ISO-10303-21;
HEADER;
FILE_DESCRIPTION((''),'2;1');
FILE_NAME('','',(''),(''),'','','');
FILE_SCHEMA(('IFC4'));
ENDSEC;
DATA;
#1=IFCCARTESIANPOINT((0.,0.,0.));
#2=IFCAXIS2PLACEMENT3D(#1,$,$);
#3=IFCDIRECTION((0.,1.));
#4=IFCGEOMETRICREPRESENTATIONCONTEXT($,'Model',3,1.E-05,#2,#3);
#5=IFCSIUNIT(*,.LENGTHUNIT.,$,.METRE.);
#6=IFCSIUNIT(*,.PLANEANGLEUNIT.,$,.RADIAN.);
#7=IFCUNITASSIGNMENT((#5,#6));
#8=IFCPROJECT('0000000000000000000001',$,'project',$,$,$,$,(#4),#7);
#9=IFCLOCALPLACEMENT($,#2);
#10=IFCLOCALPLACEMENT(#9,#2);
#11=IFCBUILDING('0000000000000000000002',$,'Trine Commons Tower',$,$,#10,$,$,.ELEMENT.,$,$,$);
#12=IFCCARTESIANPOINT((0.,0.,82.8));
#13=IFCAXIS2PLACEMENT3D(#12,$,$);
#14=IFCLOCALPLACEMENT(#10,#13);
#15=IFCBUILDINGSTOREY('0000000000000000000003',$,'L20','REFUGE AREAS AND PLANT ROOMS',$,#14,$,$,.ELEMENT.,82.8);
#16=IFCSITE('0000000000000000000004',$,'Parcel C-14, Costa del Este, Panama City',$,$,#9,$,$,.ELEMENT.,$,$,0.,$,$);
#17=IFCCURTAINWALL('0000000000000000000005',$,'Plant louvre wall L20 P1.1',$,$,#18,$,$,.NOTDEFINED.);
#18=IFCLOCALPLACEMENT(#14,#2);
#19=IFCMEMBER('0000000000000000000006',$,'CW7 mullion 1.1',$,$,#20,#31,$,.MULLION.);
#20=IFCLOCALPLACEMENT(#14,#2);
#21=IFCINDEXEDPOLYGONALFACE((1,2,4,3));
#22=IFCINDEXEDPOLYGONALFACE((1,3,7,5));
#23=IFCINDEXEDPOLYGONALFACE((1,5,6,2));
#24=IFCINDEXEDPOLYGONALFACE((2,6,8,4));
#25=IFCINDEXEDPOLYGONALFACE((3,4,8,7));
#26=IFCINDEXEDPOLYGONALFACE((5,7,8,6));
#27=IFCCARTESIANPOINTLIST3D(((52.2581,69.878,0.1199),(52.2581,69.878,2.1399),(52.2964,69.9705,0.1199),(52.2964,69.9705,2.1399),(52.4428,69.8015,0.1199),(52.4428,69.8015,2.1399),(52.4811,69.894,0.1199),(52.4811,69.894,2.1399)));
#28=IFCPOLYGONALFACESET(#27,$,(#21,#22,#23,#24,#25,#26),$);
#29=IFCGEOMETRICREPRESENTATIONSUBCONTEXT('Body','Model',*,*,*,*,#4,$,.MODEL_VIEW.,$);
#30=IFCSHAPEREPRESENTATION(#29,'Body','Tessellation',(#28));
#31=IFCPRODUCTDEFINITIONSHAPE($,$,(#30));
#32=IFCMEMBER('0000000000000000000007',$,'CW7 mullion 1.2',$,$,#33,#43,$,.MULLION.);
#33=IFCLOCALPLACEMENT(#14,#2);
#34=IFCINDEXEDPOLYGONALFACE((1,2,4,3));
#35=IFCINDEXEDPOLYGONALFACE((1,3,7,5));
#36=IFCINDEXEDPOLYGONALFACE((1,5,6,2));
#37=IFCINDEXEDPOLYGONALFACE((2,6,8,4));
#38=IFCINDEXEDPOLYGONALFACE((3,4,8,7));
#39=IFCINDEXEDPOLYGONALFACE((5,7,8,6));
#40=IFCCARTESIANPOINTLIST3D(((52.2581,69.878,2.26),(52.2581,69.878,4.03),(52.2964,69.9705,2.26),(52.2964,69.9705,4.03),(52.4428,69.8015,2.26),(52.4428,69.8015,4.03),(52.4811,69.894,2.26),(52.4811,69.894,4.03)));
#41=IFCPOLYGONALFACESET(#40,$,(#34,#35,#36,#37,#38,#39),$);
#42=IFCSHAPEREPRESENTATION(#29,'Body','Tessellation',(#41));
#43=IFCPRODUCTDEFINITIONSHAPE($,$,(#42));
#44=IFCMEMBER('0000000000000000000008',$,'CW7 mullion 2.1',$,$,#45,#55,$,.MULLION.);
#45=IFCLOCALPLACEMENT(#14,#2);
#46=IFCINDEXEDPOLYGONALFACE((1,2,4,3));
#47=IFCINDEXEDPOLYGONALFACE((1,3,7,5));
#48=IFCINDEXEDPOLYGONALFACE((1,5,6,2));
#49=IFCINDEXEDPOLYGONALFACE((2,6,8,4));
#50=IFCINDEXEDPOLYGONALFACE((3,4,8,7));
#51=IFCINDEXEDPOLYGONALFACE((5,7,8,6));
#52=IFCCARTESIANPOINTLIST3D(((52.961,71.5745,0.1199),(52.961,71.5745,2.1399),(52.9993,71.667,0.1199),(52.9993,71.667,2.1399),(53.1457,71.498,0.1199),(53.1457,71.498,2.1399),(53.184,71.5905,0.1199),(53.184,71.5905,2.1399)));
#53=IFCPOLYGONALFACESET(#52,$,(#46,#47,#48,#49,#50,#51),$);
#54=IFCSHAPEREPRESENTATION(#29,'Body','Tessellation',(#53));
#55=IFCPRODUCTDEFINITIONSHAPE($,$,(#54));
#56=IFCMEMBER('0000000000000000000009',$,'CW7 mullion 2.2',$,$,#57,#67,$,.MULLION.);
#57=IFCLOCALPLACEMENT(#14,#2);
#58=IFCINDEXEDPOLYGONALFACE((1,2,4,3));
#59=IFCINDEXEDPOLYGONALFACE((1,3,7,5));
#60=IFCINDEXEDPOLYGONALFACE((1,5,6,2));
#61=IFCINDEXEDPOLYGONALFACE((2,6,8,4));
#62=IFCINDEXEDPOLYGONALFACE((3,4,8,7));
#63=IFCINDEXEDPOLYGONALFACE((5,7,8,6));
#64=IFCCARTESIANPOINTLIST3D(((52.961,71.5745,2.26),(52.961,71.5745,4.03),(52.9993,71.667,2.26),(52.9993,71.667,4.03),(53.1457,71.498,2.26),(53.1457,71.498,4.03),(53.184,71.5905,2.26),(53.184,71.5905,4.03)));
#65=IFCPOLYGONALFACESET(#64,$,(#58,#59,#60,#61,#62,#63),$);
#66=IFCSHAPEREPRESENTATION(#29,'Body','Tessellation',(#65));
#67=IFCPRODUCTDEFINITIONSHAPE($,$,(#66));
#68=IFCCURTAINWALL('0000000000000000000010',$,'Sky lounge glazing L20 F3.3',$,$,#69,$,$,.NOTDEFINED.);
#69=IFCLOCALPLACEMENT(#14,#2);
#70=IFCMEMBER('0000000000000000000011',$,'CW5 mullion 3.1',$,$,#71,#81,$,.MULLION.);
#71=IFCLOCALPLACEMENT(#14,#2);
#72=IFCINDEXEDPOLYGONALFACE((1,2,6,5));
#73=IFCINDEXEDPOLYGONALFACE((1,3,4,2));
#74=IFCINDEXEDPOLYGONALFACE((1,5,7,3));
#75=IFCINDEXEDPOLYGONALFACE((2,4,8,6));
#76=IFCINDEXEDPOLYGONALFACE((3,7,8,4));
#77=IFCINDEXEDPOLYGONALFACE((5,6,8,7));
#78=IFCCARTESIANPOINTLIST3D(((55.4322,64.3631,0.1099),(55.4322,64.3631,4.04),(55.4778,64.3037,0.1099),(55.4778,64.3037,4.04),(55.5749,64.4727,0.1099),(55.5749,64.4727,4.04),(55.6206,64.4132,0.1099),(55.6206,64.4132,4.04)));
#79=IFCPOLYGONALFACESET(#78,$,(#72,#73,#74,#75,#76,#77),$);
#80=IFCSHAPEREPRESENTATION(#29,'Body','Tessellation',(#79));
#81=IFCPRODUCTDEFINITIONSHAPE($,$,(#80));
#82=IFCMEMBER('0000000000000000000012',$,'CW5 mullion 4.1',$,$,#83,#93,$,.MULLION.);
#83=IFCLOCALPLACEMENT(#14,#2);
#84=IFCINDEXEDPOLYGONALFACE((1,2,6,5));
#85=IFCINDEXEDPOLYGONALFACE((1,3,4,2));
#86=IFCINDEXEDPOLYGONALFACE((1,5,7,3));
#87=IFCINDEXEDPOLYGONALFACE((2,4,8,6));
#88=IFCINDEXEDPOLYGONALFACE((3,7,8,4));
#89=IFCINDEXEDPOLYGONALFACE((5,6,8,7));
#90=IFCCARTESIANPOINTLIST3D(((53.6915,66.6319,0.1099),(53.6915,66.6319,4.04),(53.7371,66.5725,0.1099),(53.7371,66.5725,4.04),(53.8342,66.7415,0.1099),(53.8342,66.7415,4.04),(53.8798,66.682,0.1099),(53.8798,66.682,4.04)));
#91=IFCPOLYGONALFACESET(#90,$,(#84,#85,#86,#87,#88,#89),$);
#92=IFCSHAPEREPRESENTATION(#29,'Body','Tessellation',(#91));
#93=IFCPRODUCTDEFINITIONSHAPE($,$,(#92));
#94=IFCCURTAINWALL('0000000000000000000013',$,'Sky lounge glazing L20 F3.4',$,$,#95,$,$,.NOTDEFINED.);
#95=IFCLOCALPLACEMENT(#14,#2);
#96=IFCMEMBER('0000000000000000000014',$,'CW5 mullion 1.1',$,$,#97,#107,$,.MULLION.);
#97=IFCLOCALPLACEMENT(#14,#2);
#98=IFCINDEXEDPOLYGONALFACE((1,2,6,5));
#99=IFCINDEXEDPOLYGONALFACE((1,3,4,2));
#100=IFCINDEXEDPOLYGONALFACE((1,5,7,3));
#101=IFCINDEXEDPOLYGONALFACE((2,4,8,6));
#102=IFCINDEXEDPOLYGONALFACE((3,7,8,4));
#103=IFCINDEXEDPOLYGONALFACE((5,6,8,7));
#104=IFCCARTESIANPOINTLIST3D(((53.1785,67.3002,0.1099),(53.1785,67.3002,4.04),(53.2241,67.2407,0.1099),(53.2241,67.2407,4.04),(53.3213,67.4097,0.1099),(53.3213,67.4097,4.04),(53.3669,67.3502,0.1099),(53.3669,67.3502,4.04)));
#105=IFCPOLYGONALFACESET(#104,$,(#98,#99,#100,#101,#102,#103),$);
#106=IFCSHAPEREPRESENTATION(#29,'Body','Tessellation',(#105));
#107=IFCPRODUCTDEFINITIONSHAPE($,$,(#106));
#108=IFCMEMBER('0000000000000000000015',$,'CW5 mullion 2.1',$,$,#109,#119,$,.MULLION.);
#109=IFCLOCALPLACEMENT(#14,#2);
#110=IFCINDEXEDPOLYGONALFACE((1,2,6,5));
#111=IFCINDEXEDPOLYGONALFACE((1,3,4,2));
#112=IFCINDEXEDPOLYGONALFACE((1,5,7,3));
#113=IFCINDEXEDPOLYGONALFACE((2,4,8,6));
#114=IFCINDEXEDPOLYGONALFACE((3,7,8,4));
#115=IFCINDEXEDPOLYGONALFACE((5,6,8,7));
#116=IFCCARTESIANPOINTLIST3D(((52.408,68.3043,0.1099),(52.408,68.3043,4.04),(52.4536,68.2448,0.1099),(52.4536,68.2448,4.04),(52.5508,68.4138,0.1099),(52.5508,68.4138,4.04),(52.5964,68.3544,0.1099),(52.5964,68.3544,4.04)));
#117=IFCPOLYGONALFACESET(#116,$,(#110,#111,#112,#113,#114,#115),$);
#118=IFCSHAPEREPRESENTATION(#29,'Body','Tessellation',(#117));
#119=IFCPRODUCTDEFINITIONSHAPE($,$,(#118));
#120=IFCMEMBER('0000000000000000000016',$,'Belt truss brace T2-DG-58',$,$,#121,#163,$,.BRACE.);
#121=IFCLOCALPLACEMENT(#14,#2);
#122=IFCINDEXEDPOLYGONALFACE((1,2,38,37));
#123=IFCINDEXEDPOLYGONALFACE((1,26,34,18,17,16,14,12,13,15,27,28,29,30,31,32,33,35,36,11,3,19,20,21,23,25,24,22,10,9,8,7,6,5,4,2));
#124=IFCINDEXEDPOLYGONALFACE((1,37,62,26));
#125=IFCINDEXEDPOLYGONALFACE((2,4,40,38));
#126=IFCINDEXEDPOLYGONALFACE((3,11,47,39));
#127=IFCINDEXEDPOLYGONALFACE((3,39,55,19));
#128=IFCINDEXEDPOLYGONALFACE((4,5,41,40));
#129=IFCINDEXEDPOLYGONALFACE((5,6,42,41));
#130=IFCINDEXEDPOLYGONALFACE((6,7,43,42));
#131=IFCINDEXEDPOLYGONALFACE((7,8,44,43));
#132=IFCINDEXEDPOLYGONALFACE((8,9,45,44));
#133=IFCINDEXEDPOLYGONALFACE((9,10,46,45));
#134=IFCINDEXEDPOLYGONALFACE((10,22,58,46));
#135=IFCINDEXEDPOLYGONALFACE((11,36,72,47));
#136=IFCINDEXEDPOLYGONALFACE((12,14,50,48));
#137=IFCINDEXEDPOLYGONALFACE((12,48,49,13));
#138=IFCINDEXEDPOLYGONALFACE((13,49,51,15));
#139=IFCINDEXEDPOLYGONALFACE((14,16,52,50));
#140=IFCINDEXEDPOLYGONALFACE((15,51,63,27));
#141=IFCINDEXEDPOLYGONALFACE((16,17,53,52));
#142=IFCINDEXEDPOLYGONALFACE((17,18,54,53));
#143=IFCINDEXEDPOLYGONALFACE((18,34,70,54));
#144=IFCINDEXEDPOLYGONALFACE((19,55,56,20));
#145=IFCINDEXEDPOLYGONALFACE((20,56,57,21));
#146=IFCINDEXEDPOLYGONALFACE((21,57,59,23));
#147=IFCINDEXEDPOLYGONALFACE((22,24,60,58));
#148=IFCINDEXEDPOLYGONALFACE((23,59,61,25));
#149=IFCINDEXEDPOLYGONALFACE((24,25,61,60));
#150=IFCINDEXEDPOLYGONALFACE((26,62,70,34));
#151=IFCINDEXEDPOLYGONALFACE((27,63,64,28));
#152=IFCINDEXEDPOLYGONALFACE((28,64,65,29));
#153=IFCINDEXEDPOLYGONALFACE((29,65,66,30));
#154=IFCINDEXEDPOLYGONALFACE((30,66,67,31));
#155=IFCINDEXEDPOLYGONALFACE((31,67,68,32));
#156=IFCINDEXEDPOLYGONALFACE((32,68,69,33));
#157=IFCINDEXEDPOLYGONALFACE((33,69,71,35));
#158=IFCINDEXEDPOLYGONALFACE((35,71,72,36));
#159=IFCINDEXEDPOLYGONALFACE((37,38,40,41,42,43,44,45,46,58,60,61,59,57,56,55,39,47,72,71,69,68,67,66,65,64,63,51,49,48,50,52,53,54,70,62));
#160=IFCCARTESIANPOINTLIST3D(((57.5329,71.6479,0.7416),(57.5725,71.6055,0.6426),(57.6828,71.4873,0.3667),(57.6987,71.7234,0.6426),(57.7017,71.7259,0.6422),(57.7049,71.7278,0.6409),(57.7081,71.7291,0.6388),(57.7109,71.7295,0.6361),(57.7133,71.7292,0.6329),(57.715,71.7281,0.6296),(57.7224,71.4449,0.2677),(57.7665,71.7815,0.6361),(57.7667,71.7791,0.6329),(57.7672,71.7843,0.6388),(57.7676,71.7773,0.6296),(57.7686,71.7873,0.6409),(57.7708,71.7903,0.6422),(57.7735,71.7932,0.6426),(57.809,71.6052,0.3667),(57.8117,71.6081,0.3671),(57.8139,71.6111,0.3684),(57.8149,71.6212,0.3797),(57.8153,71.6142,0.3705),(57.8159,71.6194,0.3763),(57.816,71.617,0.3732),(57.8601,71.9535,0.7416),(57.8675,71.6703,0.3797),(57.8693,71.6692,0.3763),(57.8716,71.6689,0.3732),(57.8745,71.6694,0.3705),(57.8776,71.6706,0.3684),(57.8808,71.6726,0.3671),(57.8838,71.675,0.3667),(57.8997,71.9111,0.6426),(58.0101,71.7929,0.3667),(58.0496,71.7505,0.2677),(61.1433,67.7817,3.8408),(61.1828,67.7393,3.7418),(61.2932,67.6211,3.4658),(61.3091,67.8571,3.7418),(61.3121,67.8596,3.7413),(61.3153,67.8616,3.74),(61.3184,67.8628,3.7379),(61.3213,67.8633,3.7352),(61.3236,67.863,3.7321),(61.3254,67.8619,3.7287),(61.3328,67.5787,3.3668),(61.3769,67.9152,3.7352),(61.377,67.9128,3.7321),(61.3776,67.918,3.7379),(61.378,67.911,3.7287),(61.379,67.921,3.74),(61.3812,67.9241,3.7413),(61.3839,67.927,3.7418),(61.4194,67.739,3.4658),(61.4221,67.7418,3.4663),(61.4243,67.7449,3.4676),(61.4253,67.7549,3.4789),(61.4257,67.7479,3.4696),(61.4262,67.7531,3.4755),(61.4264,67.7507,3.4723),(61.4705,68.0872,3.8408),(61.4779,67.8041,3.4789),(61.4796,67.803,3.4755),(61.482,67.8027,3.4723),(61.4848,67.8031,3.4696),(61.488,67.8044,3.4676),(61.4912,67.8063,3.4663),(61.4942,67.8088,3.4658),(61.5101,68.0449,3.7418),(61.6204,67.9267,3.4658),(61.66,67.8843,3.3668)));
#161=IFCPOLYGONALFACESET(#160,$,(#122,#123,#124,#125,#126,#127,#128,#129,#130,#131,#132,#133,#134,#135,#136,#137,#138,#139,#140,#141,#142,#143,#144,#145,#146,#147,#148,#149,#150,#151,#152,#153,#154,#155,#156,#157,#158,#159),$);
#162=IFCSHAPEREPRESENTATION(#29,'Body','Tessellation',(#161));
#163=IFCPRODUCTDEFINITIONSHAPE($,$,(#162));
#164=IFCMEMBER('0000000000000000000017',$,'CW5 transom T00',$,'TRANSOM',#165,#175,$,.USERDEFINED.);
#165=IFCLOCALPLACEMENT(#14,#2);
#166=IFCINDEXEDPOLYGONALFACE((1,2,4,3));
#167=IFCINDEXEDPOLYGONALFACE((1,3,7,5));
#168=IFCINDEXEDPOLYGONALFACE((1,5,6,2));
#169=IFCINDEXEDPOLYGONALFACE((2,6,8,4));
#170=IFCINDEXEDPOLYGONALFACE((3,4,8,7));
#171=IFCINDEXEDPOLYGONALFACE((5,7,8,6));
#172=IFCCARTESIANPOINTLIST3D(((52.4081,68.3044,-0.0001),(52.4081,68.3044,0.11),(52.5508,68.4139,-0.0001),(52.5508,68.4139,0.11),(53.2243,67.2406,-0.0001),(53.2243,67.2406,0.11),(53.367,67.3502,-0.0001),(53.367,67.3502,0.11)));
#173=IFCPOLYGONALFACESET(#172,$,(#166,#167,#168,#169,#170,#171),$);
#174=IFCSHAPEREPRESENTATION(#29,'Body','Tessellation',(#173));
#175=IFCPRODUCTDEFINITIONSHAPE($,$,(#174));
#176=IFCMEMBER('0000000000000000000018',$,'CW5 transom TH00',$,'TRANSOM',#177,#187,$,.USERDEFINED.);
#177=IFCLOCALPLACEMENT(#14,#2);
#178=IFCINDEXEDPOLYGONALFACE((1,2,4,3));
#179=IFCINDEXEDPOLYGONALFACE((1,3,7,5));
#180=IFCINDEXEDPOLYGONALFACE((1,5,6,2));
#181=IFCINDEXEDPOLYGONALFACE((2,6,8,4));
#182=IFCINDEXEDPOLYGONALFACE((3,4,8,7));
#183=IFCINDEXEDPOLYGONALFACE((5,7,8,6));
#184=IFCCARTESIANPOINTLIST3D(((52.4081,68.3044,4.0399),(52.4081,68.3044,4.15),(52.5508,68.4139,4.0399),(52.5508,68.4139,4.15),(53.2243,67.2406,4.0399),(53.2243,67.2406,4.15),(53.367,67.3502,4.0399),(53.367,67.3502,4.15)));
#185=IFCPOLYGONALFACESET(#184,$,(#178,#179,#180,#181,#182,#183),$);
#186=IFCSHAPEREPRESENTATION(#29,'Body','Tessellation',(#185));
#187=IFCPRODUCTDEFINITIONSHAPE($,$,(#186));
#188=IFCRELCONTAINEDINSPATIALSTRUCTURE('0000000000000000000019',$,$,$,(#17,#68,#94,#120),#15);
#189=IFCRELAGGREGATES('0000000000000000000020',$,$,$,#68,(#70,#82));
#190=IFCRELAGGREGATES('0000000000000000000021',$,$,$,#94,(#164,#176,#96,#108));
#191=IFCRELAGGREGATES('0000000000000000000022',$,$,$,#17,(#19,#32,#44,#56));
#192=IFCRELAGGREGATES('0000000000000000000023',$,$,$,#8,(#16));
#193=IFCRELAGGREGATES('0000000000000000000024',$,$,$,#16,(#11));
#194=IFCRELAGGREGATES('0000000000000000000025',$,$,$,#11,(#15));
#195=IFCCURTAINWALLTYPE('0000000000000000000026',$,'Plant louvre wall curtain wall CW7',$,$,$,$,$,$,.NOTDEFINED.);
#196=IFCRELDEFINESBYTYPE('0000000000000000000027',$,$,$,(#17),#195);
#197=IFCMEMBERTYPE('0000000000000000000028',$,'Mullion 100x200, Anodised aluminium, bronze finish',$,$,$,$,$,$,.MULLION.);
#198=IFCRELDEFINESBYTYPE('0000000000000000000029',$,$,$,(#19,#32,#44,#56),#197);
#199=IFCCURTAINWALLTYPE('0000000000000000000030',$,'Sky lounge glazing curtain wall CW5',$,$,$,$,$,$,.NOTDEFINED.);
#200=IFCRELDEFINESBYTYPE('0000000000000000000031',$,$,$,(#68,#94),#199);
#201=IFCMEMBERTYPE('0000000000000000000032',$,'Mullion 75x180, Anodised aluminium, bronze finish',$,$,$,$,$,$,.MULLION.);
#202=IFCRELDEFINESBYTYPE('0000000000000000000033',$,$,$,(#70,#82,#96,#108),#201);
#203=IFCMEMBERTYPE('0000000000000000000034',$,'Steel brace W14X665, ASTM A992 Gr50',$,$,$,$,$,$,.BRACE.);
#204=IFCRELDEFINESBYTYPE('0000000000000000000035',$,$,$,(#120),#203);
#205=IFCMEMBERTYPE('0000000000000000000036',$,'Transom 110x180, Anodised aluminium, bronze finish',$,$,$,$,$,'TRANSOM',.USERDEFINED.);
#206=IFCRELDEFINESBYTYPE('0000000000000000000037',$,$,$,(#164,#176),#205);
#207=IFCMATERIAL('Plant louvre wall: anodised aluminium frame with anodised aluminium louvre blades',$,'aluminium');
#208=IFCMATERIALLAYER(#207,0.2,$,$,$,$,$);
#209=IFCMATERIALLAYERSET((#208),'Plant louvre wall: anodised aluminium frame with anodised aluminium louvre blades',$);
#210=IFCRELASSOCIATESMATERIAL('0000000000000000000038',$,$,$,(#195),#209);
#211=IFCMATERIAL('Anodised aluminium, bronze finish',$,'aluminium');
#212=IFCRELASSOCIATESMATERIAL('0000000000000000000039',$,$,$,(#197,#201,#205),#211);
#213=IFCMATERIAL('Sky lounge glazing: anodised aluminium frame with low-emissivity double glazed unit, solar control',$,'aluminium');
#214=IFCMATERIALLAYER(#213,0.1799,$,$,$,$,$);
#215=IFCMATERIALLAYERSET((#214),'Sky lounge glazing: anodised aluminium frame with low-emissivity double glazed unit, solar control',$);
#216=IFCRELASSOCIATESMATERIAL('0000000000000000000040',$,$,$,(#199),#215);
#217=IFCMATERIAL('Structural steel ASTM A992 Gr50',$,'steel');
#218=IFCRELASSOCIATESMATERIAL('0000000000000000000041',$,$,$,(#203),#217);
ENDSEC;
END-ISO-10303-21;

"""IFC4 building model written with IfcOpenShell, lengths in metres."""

from ifc_helpers import new_model, si_unit, direction, frame, origin, origin_2d, place, context, subcontext, project, spatial, rectangle, i_section, extrude, material, layer, layer_set, material_profile, profile_set, type_object, element, aggregate, save


model = new_model("IFC4")

# Units and contexts
model_context = context("Model", 3, precision=1e-05, world=origin(), true_north=direction((0.0, 1.0)))
body_context = subcontext(model_context, "Body", "Model", "MODEL_VIEW")
ifc_project = project(units=[si_unit("LENGTHUNIT", "METRE"), si_unit("PLANEANGLEUNIT", "RADIAN")], contexts=[model_context])

# Site, building, storey
site_placement = place(None, origin())
site = spatial("IfcSite", under=ifc_project, at=site_placement, Name="Parcel C-14, Costa del Este, Panama City", CompositionType="ELEMENT", RefElevation=0.0)
building_placement = place(site_placement, origin())
building = spatial("IfcBuilding", under=site, at=building_placement, Name="Trine Commons Tower", CompositionType="ELEMENT")
storey_placement = place(building_placement, frame((0.0, 0.0, 82.8)))
storey = spatial("IfcBuildingStorey", under=building, at=storey_placement, Name="L20", Description="REFUGE AREAS AND PLANT ROOMS", CompositionType="ELEMENT", Elevation=82.8)

# Curtain walls, members
ifc_material_1 = material(Name="Plant louvre wall: anodised aluminium frame with anodised aluminium louvre blades", Category="aluminium")
ifc_layer_1 = layer(ifc_material_1, 0.2)
ifc_layer_set_1 = layer_set([ifc_layer_1], Name="Plant louvre wall: anodised aluminium frame with anodised aluminium louvre blades")
curtain_wall_type_1 = type_object("IfcCurtainWallType", Name="Plant louvre wall curtain wall CW7", PredefinedType="NOTDEFINED", material=ifc_layer_set_1)
curtain_wall_1_placement = place(storey_placement, origin())
curtain_wall_1 = element("IfcCurtainWall", 1, at=curtain_wall_1_placement, inside=storey, type_object=curtain_wall_type_1, Name="Plant louvre wall L20 P1.1", PredefinedType="NOTDEFINED")
ifc_material_2 = material(Name="Anodised aluminium, bronze finish", Category="aluminium")
ifc_material_profile_1 = material_profile(ifc_material_2, rectangle(XDim=0.2, YDim=0.1001, at=origin_2d()), Name="Mullion 100x200")
ifc_profile_set_1 = profile_set([ifc_material_profile_1], Name="Anodised aluminium, bronze finish")
member_type_1 = type_object("IfcMemberType", Name="Mullion 100x200, Anodised aluminium, bronze finish", PredefinedType="MULLION", material=ifc_profile_set_1)
member_1_placement = place(storey_placement, frame((52.3696, 69.886, 0.1199), z_axis=(0.0, 0.0, 1.0), x_axis=(-0.92388, 0.382683, 0.0)))
member_1 = element("IfcMember", 2, at=member_1_placement, type_object=member_type_1, Name="CW7 mullion 1.1", PredefinedType="MULLION", context=body_context, shape_type="SweptSolid", body=[
    extrude(rectangle(XDim=0.2, YDim=0.1001, at=origin_2d()), origin(), (0.0, 0.0, 1.0), 2.02),
])
member_2_placement = place(storey_placement, frame((52.3696, 69.886, 2.26), z_axis=(0.0, 0.0, 1.0), x_axis=(-0.92388, 0.382683, 0.0)))
member_2 = element("IfcMember", 3, at=member_2_placement, type_object=member_type_1, Name="CW7 mullion 1.2", PredefinedType="MULLION", context=body_context, shape_type="SweptSolid", body=[
    extrude(rectangle(XDim=0.2, YDim=0.1001, at=origin_2d()), origin(), (0.0, 0.0, 1.0), 1.77),
])
member_3_placement = place(storey_placement, frame((53.0725, 71.5825, 0.1199), z_axis=(0.0, 0.0, 1.0), x_axis=(-0.92388, 0.382683, 0.0)))
member_3 = element("IfcMember", 4, at=member_3_placement, type_object=member_type_1, Name="CW7 mullion 2.1", PredefinedType="MULLION", context=body_context, shape_type="SweptSolid", body=[
    extrude(rectangle(XDim=0.2, YDim=0.1001, at=origin_2d()), origin(), (0.0, 0.0, 1.0), 2.02),
])
member_4_placement = place(storey_placement, frame((53.0725, 71.5825, 2.26), z_axis=(0.0, 0.0, 1.0), x_axis=(-0.92388, 0.382683, 0.0)))
member_4 = element("IfcMember", 5, at=member_4_placement, type_object=member_type_1, Name="CW7 mullion 2.2", PredefinedType="MULLION", context=body_context, shape_type="SweptSolid", body=[
    extrude(rectangle(XDim=0.2, YDim=0.1001, at=origin_2d()), origin(), (0.0, 0.0, 1.0), 1.77),
])
ifc_material_3 = material(Name="Sky lounge glazing: anodised aluminium frame with low-emissivity double glazed unit, solar control", Category="aluminium")
ifc_layer_2 = layer(ifc_material_3, 0.1799)
ifc_layer_set_2 = layer_set([ifc_layer_2], Name="Sky lounge glazing: anodised aluminium frame with low-emissivity double glazed unit, solar control")
curtain_wall_type_2 = type_object("IfcCurtainWallType", Name="Sky lounge glazing curtain wall CW5", PredefinedType="NOTDEFINED", material=ifc_layer_set_2)
curtain_wall_2_placement = place(storey_placement, origin())
curtain_wall_2 = element("IfcCurtainWall", 6, at=curtain_wall_2_placement, inside=storey, type_object=curtain_wall_type_2, Name="Sky lounge glazing L20 F3.3", PredefinedType="NOTDEFINED")
ifc_material_profile_2 = material_profile(ifc_material_2, rectangle(XDim=0.1799, YDim=0.075, at=origin_2d()), Name="Mullion 75x180")
ifc_profile_set_2 = profile_set([ifc_material_profile_2], Name="Anodised aluminium, bronze finish")
member_type_2 = type_object("IfcMemberType", Name="Mullion 75x180, Anodised aluminium, bronze finish", PredefinedType="MULLION", material=ifc_profile_set_2)
member_5_placement = place(storey_placement, frame((55.5264, 64.3882, 0.1099), z_axis=(0.0, 0.0, 1.0), x_axis=(-0.793353, -0.608761, 0.0)))
member_5 = element("IfcMember", 7, at=member_5_placement, type_object=member_type_2, Name="CW5 mullion 3.1", PredefinedType="MULLION", context=body_context, shape_type="SweptSolid", body=[
    extrude(rectangle(XDim=0.1799, YDim=0.075, at=origin_2d()), origin(), (0.0, 0.0, 1.0), 3.9302),
])
member_6_placement = place(storey_placement, frame((53.7856, 66.657, 0.1099), z_axis=(0.0, 0.0, 1.0), x_axis=(-0.793353, -0.608761, 0.0)))
member_6 = element("IfcMember", 8, at=member_6_placement, type_object=member_type_2, Name="CW5 mullion 4.1", PredefinedType="MULLION", context=body_context, shape_type="SweptSolid", body=[
    extrude(rectangle(XDim=0.1799, YDim=0.075, at=origin_2d()), origin(), (0.0, 0.0, 1.0), 3.9302),
])
curtain_wall_3_placement = place(storey_placement, origin())
curtain_wall_3 = element("IfcCurtainWall", 9, at=curtain_wall_3_placement, inside=storey, type_object=curtain_wall_type_2, Name="Sky lounge glazing L20 F3.4", PredefinedType="NOTDEFINED")
member_7_placement = place(storey_placement, frame((53.2727, 67.3252, 0.1099), z_axis=(0.0, 0.0, 1.0), x_axis=(-0.793353, -0.608761, 0.0)))
member_7 = element("IfcMember", 10, at=member_7_placement, type_object=member_type_2, Name="CW5 mullion 1.1", PredefinedType="MULLION", context=body_context, shape_type="SweptSolid", body=[
    extrude(rectangle(XDim=0.1799, YDim=0.075, at=origin_2d()), origin(), (0.0, 0.0, 1.0), 3.9302),
])
member_8_placement = place(storey_placement, frame((52.5022, 68.3293, 0.1099), z_axis=(0.0, 0.0, 1.0), x_axis=(-0.793353, -0.608761, 0.0)))
member_8 = element("IfcMember", 11, at=member_8_placement, type_object=member_type_2, Name="CW5 mullion 2.1", PredefinedType="MULLION", context=body_context, shape_type="SweptSolid", body=[
    extrude(rectangle(XDim=0.1799, YDim=0.075, at=origin_2d()), origin(), (0.0, 0.0, 1.0), 3.9302),
])

# Members
ifc_material_4 = material(Name="Structural steel ASTM A992 Gr50", Category="steel")
ifc_material_profile_3 = material_profile(ifc_material_4, i_section(OverallWidth=0.4478, OverallDepth=0.5493, WebThickness=0.072, FlangeThickness=0.1147, FilletRadius=0.0151, at=origin_2d()), Name="W14X665")
ifc_profile_set_3 = profile_set([ifc_material_profile_3], Name="Structural steel ASTM A992 Gr50")
member_type_3 = type_object("IfcMemberType", Name="Steel brace W14X665, ASTM A992 Gr50", PredefinedType="BRACE", material=ifc_profile_set_3)
member_9_placement = place(storey_placement, frame((57.7913, 71.6992, 0.5046), z_axis=(0.588887, -0.63062, 0.5055), x_axis=(0.730877, 0.682509, 0.0)))
element("IfcMember", 12, at=member_9_placement, inside=storey, type_object=member_type_3, Name="Belt truss brace T2-DG-58", PredefinedType="BRACE", context=body_context, shape_type="SweptSolid", body=[
    extrude(i_section(OverallWidth=0.4478, OverallDepth=0.5493, WebThickness=0.072, FlangeThickness=0.1147, FilletRadius=0.0151, at=origin_2d()), origin(), (0.0, 0.0, 1.0), 6.1309),
])
ifc_material_profile_4 = material_profile(ifc_material_2, rectangle(XDim=0.1799, YDim=0.1101, at=origin_2d()), Name="Transom 110x180")
ifc_profile_set_4 = profile_set([ifc_material_profile_4], Name="Anodised aluminium, bronze finish")
member_type_4 = type_object("IfcMemberType", Name="Transom 110x180, Anodised aluminium, bronze finish", ElementType="TRANSOM", PredefinedType="USERDEFINED", material=ifc_profile_set_4)
member_10_placement = place(storey_placement, frame((53.2957, 67.2954, 0.0549), z_axis=(-0.608733, 0.793375, 0.0), x_axis=(-0.793375, -0.608733, 0.0)))
member_10 = element("IfcMember", 13, at=member_10_placement, type_object=member_type_4, Name="CW5 transom T00", ObjectType="TRANSOM", PredefinedType="USERDEFINED", context=body_context, shape_type="SweptSolid", body=[
    extrude(rectangle(XDim=0.1799, YDim=0.1101, at=origin_2d()), origin(), (0.0, 0.0, 1.0), 1.3408),
])
member_11_placement = place(storey_placement, frame((53.2957, 67.2954, 4.095), z_axis=(-0.608733, 0.793375, 0.0), x_axis=(-0.793375, -0.608733, 0.0)))
member_11 = element("IfcMember", 14, at=member_11_placement, type_object=member_type_4, Name="CW5 transom TH00", ObjectType="TRANSOM", PredefinedType="USERDEFINED", context=body_context, shape_type="SweptSolid", body=[
    extrude(rectangle(XDim=0.1799, YDim=0.1101, at=origin_2d()), origin(), (0.0, 0.0, 1.0), 1.3408),
])

aggregate(curtain_wall_2, [member_5, member_6])
aggregate(curtain_wall_3, [member_10, member_11, member_7, member_8])
aggregate(curtain_wall_1, [member_1, member_2, member_3, member_4])

save(model, "model.ifc")
